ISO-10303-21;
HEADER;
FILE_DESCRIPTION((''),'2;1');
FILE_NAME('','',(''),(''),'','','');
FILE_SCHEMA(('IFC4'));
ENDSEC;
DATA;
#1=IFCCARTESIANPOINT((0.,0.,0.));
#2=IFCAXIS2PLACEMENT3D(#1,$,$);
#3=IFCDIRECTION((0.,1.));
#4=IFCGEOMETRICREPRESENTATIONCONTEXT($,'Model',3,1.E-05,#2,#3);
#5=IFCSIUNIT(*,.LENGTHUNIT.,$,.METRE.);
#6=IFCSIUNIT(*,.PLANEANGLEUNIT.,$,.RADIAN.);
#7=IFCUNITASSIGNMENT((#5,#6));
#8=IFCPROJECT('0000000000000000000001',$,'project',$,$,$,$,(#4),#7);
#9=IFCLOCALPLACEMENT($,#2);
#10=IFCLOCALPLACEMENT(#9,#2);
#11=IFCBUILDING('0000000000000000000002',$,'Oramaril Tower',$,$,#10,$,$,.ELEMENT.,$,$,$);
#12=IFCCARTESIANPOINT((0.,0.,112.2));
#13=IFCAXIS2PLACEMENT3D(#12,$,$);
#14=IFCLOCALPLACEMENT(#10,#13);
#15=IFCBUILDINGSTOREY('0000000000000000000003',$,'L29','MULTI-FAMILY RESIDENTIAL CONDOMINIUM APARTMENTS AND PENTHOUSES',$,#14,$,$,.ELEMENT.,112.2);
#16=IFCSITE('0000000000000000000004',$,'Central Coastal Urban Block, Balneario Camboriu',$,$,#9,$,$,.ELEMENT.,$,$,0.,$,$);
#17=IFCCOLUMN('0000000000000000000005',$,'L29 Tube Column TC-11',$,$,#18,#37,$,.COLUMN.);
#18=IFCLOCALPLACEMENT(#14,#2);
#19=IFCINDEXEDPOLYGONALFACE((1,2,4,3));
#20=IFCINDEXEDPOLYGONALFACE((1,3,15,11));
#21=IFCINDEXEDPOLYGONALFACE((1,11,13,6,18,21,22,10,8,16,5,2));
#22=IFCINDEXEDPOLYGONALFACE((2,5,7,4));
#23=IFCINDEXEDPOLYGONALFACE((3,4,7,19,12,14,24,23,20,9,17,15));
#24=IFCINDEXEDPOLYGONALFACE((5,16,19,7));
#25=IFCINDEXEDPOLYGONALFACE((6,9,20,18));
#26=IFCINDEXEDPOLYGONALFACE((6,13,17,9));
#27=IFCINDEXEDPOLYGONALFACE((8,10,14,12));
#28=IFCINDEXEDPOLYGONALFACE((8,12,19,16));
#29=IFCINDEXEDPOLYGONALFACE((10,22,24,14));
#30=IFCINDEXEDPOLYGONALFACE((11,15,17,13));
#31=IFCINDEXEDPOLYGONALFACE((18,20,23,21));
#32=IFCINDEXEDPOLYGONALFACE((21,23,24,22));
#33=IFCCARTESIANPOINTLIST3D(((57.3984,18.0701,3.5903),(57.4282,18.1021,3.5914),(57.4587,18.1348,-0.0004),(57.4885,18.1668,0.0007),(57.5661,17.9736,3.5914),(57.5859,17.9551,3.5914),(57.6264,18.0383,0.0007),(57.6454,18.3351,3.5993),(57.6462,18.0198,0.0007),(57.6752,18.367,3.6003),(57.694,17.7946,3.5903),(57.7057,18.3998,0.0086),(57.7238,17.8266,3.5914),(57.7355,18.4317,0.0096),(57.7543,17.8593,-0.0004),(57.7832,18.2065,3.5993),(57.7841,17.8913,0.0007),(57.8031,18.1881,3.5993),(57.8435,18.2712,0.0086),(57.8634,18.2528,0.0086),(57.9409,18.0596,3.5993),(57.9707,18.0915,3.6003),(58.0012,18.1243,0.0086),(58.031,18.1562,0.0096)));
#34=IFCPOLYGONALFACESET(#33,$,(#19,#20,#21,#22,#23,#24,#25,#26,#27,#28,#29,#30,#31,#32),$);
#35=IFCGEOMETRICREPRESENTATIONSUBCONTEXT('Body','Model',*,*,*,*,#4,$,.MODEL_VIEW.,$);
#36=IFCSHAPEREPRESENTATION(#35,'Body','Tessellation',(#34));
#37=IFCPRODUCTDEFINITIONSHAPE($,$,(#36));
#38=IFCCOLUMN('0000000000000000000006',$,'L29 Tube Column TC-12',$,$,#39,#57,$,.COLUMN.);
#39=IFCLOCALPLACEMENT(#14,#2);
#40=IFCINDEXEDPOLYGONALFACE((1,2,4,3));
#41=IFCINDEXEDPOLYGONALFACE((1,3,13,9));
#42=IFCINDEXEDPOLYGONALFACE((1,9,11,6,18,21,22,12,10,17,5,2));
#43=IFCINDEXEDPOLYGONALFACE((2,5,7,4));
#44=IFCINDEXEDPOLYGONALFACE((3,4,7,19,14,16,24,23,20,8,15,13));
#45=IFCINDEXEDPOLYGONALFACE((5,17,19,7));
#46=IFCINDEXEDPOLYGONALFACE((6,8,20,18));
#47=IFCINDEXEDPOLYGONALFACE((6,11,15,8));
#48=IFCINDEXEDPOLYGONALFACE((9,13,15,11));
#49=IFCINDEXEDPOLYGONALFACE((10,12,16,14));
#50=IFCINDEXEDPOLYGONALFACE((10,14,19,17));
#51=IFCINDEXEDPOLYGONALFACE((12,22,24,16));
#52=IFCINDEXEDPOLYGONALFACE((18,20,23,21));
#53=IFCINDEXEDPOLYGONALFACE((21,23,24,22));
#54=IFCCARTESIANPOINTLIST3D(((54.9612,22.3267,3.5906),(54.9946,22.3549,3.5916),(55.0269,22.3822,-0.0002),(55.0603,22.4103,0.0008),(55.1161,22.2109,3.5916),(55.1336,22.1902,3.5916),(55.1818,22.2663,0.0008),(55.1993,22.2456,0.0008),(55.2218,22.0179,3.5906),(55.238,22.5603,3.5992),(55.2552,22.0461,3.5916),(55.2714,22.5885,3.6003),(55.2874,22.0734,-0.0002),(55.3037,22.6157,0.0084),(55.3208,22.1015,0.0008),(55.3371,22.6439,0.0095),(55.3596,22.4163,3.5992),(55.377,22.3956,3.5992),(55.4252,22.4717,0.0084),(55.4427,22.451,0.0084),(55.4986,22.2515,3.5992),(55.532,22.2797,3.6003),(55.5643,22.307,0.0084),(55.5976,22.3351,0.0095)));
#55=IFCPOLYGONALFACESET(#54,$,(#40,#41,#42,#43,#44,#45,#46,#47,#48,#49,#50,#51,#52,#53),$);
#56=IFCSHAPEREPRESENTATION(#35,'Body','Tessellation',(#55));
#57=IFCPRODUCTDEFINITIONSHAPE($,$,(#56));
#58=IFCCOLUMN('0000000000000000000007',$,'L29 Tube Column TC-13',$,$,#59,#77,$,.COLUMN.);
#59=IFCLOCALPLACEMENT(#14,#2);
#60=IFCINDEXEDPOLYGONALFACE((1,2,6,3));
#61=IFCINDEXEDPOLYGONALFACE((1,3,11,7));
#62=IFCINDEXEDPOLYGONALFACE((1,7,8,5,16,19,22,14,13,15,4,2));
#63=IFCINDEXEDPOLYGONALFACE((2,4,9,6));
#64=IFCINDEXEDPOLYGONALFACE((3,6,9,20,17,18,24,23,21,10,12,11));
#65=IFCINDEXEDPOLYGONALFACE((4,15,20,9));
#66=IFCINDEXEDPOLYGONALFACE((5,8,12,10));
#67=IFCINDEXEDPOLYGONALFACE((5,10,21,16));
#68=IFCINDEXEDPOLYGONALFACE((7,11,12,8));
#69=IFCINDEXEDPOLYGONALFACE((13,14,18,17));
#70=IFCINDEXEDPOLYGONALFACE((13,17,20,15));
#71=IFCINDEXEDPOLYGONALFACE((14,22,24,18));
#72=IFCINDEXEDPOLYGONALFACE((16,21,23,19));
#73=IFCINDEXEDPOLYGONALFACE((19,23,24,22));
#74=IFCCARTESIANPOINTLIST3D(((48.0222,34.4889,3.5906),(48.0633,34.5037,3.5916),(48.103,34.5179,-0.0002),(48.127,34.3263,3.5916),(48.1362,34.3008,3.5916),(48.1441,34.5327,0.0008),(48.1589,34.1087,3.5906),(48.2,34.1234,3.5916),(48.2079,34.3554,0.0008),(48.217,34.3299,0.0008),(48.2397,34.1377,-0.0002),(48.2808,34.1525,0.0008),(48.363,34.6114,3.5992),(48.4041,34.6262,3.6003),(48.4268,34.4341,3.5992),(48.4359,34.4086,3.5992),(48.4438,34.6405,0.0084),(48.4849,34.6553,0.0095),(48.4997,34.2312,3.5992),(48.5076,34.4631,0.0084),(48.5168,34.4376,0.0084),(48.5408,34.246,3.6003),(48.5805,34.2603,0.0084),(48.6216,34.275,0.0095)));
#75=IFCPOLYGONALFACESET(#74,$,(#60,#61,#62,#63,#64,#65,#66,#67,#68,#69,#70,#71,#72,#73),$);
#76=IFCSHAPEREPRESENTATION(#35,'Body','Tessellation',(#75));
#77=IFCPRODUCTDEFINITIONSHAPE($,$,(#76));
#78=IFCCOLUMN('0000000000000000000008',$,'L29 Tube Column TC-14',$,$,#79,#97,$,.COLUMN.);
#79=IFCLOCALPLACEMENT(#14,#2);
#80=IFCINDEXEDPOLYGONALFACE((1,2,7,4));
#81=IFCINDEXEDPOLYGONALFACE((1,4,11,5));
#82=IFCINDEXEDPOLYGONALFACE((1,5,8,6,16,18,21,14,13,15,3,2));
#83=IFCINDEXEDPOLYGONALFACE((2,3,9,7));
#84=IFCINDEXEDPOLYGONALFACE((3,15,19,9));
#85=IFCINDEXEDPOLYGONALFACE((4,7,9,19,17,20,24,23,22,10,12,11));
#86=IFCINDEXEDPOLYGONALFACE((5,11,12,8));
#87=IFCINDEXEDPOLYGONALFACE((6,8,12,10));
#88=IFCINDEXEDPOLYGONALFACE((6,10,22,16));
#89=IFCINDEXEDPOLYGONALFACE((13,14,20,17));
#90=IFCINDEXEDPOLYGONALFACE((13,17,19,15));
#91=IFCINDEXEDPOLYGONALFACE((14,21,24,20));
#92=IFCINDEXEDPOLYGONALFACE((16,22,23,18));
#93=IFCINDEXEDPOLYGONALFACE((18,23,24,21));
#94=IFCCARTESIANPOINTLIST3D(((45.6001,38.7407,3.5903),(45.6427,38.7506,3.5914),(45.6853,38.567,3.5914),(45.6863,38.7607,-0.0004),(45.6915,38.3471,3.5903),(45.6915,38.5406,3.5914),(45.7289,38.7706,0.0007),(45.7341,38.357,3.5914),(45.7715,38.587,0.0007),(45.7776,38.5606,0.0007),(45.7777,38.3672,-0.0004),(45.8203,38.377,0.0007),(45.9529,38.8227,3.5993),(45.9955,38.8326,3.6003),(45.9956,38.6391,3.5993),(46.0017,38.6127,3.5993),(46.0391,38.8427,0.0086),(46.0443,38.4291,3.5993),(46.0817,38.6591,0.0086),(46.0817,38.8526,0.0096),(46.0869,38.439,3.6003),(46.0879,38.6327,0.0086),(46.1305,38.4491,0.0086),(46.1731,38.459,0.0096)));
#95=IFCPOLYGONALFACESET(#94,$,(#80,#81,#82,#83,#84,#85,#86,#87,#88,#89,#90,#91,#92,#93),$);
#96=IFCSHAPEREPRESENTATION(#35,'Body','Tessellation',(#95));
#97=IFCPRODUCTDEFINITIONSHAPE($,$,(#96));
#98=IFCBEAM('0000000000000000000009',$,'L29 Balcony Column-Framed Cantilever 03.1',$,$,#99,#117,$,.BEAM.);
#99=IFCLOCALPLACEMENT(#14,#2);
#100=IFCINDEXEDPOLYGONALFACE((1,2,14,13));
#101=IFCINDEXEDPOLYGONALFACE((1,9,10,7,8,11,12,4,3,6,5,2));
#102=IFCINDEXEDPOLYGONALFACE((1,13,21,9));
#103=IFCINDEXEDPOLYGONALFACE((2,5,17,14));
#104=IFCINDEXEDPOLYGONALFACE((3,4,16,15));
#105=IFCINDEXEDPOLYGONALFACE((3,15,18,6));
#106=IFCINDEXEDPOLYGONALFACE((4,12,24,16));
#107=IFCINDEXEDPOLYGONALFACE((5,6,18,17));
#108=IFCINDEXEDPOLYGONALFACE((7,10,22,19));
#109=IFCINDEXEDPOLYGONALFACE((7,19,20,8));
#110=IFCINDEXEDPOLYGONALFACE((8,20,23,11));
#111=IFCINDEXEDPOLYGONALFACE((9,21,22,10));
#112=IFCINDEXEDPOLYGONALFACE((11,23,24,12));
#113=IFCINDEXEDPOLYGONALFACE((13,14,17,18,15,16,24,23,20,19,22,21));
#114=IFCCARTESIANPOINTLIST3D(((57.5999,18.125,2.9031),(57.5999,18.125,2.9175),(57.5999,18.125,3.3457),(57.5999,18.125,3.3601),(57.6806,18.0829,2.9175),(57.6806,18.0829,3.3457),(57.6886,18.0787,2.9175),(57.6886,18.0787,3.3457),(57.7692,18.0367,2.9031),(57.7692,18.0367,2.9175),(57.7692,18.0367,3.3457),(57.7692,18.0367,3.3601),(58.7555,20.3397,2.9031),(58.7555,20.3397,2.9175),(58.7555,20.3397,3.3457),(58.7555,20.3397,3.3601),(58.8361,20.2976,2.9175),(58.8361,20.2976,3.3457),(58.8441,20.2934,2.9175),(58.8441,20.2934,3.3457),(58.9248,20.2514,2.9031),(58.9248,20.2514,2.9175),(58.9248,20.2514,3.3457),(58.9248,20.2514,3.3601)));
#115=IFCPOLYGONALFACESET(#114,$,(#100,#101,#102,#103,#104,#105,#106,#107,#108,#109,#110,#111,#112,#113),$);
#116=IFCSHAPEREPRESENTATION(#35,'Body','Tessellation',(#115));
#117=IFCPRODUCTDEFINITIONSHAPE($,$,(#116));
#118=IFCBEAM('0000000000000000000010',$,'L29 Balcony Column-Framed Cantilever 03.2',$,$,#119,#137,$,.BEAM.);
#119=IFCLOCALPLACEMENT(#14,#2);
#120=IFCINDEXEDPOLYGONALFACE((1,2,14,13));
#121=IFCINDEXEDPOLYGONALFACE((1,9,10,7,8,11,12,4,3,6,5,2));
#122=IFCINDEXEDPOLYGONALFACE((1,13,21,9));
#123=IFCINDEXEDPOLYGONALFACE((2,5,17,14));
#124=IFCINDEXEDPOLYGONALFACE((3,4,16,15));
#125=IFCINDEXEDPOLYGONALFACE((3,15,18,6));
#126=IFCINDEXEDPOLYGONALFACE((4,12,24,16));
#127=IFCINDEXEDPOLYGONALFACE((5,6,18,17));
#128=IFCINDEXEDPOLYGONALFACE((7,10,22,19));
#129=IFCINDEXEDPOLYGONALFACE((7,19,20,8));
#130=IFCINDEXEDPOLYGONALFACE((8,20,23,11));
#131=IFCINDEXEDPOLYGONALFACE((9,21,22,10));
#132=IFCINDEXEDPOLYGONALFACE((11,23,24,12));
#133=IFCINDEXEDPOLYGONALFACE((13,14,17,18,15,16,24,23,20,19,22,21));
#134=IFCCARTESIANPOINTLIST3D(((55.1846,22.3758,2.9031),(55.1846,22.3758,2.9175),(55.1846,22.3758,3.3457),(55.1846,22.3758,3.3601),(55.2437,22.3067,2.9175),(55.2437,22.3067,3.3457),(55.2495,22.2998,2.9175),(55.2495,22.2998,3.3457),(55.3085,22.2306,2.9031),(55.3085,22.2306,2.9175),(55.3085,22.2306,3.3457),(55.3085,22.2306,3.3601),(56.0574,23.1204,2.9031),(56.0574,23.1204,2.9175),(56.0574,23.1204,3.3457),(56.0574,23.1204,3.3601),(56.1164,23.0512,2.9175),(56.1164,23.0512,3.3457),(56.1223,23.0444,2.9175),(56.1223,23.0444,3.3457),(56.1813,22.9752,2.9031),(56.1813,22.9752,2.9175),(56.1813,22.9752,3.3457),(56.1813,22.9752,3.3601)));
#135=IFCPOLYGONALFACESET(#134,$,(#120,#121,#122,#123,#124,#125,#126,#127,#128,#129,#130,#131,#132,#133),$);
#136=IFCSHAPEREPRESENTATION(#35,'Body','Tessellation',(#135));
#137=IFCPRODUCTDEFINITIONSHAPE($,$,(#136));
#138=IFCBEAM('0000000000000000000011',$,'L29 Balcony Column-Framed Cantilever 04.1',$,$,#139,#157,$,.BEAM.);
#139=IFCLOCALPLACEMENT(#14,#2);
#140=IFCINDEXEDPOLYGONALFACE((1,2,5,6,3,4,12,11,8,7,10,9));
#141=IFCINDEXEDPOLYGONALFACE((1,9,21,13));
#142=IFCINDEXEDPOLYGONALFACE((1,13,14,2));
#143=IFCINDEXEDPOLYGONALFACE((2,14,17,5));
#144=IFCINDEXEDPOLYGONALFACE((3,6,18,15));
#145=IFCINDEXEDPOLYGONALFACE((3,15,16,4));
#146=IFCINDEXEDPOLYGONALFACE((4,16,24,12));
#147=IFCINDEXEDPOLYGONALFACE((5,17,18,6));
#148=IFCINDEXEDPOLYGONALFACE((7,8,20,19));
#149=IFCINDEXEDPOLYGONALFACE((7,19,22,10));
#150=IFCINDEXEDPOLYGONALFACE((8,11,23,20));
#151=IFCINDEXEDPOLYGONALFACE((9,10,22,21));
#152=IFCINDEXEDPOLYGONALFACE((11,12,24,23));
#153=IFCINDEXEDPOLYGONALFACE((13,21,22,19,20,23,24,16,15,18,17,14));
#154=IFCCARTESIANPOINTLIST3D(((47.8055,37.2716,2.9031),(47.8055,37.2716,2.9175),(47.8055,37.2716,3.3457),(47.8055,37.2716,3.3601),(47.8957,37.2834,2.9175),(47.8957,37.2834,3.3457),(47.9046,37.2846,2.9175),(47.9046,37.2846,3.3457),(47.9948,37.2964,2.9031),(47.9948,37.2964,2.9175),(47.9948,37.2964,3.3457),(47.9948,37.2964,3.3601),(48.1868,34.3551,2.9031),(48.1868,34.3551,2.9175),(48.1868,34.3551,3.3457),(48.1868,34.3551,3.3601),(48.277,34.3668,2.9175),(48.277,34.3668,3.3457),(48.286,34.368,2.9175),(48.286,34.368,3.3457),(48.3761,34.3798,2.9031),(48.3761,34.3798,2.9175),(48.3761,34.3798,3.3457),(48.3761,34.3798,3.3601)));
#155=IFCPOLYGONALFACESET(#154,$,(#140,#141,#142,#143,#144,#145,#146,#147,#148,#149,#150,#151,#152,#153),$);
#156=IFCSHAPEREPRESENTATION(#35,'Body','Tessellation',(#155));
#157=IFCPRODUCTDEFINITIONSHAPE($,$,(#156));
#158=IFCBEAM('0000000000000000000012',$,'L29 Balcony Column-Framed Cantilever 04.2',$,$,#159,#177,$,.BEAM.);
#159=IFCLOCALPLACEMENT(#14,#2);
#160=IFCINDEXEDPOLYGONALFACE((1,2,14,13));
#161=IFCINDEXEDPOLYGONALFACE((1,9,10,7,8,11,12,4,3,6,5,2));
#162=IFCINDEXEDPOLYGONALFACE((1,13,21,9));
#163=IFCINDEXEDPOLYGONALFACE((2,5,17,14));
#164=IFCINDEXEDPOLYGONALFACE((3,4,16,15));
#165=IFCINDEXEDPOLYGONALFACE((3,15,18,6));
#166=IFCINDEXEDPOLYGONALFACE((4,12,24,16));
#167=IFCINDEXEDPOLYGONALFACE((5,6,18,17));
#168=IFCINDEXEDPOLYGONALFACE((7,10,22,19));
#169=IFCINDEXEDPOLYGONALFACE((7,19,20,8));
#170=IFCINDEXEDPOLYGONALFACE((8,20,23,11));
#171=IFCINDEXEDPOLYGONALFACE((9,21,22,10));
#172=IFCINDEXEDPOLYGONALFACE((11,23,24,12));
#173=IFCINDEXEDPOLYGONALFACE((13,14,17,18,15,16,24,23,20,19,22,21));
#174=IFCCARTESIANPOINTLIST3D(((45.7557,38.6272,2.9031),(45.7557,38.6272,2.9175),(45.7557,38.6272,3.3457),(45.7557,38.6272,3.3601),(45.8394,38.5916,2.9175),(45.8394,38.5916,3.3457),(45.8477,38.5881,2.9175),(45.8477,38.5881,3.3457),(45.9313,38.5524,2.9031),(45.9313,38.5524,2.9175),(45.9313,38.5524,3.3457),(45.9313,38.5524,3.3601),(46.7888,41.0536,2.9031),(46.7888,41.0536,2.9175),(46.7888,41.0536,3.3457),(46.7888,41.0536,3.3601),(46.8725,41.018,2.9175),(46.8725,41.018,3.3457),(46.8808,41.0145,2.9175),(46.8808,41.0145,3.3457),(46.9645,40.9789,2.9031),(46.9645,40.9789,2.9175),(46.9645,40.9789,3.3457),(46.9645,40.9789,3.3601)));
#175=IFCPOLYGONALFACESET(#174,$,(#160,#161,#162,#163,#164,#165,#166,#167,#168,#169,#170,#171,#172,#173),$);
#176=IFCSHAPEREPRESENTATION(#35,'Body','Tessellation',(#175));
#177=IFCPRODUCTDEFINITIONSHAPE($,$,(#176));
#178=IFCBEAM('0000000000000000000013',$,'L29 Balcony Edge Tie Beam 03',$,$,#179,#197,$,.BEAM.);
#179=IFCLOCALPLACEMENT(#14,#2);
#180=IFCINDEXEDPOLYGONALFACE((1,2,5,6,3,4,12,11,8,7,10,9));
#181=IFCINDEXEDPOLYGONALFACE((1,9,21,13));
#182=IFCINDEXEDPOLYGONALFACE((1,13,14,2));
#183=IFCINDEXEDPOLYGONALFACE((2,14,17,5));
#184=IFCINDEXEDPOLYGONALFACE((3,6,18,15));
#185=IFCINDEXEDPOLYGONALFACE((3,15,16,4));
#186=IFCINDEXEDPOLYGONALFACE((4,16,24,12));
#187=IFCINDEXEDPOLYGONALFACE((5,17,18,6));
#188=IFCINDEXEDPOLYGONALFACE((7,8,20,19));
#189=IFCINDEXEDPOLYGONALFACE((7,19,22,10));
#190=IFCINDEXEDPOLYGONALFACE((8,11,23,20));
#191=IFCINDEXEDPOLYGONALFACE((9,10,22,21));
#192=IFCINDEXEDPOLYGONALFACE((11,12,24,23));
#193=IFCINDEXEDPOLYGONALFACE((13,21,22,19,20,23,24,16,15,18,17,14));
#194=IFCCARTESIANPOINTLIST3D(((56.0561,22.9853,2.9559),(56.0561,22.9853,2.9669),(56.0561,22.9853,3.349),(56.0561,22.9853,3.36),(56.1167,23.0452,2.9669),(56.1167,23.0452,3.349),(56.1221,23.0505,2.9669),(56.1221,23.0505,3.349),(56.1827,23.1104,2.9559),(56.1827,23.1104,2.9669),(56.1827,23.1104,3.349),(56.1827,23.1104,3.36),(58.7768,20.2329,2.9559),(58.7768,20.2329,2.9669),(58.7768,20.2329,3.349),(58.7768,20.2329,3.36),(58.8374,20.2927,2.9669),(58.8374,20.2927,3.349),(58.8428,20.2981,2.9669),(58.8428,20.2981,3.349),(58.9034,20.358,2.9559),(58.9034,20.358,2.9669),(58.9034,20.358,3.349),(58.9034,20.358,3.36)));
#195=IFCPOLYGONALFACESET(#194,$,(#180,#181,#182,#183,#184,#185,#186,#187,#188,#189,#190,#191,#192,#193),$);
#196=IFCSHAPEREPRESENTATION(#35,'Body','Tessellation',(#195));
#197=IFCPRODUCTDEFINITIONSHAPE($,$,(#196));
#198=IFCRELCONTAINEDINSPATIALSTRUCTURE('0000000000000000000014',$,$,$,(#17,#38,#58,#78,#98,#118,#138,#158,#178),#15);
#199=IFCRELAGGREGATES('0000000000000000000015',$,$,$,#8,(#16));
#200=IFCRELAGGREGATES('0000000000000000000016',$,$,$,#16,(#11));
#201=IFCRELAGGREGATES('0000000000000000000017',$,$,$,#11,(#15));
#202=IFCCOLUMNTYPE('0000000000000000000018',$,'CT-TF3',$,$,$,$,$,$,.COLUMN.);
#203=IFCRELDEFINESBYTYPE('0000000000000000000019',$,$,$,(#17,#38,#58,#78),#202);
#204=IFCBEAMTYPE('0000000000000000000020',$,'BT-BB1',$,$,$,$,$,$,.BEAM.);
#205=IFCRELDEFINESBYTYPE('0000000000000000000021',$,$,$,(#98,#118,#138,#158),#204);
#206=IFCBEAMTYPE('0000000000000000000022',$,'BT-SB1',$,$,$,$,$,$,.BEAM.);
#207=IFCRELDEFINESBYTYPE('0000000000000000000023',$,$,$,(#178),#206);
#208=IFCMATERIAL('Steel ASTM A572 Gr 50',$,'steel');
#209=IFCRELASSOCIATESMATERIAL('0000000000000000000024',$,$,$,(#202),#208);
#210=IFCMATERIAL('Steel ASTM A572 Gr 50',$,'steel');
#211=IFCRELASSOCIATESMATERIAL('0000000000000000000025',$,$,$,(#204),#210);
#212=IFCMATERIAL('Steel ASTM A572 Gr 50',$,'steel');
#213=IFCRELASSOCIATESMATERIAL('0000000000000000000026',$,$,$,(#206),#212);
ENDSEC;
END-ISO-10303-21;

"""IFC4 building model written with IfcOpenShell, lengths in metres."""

from ifc_helpers import new_model, si_unit, direction, frame, origin, origin_2d, place, context, subcontext, project, spatial, i_section, extrude, material, material_profile, profile_set, type_object, element, save


model = new_model("IFC4")

# Units and contexts
model_context = context("Model", 3, precision=1e-05, world=origin(), true_north=direction((0.0, 1.0)))
body_context = subcontext(model_context, "Body", "Model", "MODEL_VIEW")
ifc_project = project(units=[si_unit("LENGTHUNIT", "METRE"), si_unit("PLANEANGLEUNIT", "RADIAN")], contexts=[model_context])

# Site, building, storey
site_placement = place(None, origin())
site = spatial("IfcSite", under=ifc_project, at=site_placement, Name="Central Coastal Urban Block, Balneario Camboriu", CompositionType="ELEMENT", RefElevation=0.0)
building_placement = place(site_placement, origin())
building = spatial("IfcBuilding", under=site, at=building_placement, Name="Oramaril Tower", CompositionType="ELEMENT")
storey_placement = place(building_placement, frame((0.0, 0.0, 112.2)))
storey = spatial("IfcBuildingStorey", under=building, at=storey_placement, Name="L29", Description="MULTI-FAMILY RESIDENTIAL CONDOMINIUM APARTMENTS AND PENTHOUSES", CompositionType="ELEMENT", Elevation=112.2)

# Columns
ifc_material_1 = material(Name="Steel ASTM A572 Gr 50", Category="steel")
ifc_material_profile_1 = material_profile(ifc_material_1, i_section(OverallWidth=0.4041, OverallDepth=0.406, WebThickness=0.0271, FlangeThickness=0.0437, at=origin_2d()), Name="W14X233")
ifc_profile_set_1 = profile_set([ifc_material_profile_1], Name="Steel ASTM A572 Gr 50")
column_type = type_object("IfcColumnType", Name="CT-TF3", PredefinedType="COLUMN", material=ifc_profile_set_1)
for number, where, z_axis, x_axis, name in (
    (1, (57.7449, 18.1455, 0.0046), (-0.016788, -0.018012, 0.999697), (0.731514, -0.681826, 0.0), "L29 Tube Column TC-11"),
    (2, (55.3123, 22.3586, 0.0046), (-0.018284, -0.015429, 0.999714), (0.644923, -0.764248, 0.0), "L29 Tube Column TC-12"),
    (3, (48.3623, 34.3965, 0.0046), (-0.022498, -0.008089, 0.999714), (0.338317, -0.941032, 0.0), "L29 Tube Column TC-13"),
    (4, (45.9297, 38.6099, 0.0046), (-0.023993, -0.005574, 0.999697), (0.22627, -0.974065, 0.0), "L29 Tube Column TC-14"),
):
    element("IfcColumn", number, at=place(storey_placement, frame(where, z_axis=z_axis, x_axis=x_axis)), inside=storey, type_object=column_type, Name=name, PredefinedType="COLUMN", context=body_context, shape_type="SweptSolid", body=[
        extrude(i_section(OverallWidth=0.4041, OverallDepth=0.406, WebThickness=0.0271, FlangeThickness=0.0437, at=origin_2d()), origin(), (0.0, 0.0, 1.0), 3.5918),
    ])

# Beams
ifc_material_2 = material(Name="Steel ASTM A572 Gr 50", Category="steel")
ifc_material_profile_2 = material_profile(ifc_material_2, i_section(OverallWidth=0.1909, OverallDepth=0.457, WebThickness=0.009, FlangeThickness=0.0144, at=origin_2d()), Name="W18X50")
ifc_profile_set_2 = profile_set([ifc_material_profile_2], Name="Steel ASTM A572 Gr 50")
beam_type_1 = type_object("IfcBeamType", Name="BT-BB1", PredefinedType="BEAM", material=ifc_profile_set_2)
beam_1_placement = place(storey_placement, frame((57.6846, 18.0808, 3.1316), z_axis=(0.462589, 0.886573, 0.0), x_axis=(-0.886573, 0.462589, 0.0)))
element("IfcBeam", 5, at=beam_1_placement, inside=storey, type_object=beam_type_1, Name="L29 Balcony Column-Framed Cantilever 03.1", PredefinedType="BEAM", context=body_context, shape_type="SweptSolid", body=[
    extrude(i_section(OverallWidth=0.1909, OverallDepth=0.457, WebThickness=0.009, FlangeThickness=0.0144, at=origin_2d()), origin(), (0.0, 0.0, 1.0), 2.498),
])
beam_2_placement = place(storey_placement, frame((55.2466, 22.3032, 3.1316), z_axis=(0.760757, 0.649037, 0.0), x_axis=(-0.649037, 0.760757, 0.0)))
element("IfcBeam", 6, at=beam_2_placement, inside=storey, type_object=beam_type_1, Name="L29 Balcony Column-Framed Cantilever 03.2", PredefinedType="BEAM", context=body_context, shape_type="SweptSolid", body=[
    extrude(i_section(OverallWidth=0.1909, OverallDepth=0.457, WebThickness=0.009, FlangeThickness=0.0144, at=origin_2d()), origin(), (0.0, 0.0, 1.0), 1.1472),
])
beam_3_placement = place(storey_placement, frame((48.2815, 34.3674, 3.1316), z_axis=(-0.129651, 0.99156, 0.0), x_axis=(-0.99156, -0.129651, 0.0)))
element("IfcBeam", 7, at=beam_3_placement, inside=storey, type_object=beam_type_1, Name="L29 Balcony Column-Framed Cantilever 04.1", PredefinedType="BEAM", context=body_context, shape_type="SweptSolid", body=[
    extrude(i_section(OverallWidth=0.1909, OverallDepth=0.457, WebThickness=0.009, FlangeThickness=0.0144, at=origin_2d()), origin(), (0.0, 0.0, 1.0), 2.9414),
])
beam_4_placement = place(storey_placement, frame((45.8435, 38.5898, 3.1316), z_axis=(0.391762, 0.920067, 0.0), x_axis=(-0.920067, 0.391762, 0.0)))
element("IfcBeam", 8, at=beam_4_placement, inside=storey, type_object=beam_type_1, Name="L29 Balcony Column-Framed Cantilever 04.2", PredefinedType="BEAM", context=body_context, shape_type="SweptSolid", body=[
    extrude(i_section(OverallWidth=0.1909, OverallDepth=0.457, WebThickness=0.009, FlangeThickness=0.0144, at=origin_2d()), origin(), (0.0, 0.0, 1.0), 2.6372),
])
ifc_material_3 = material(Name="Steel ASTM A572 Gr 50", Category="steel")
ifc_material_profile_3 = material_profile(ifc_material_3, i_section(OverallWidth=0.178, OverallDepth=0.4041, WebThickness=0.0076, FlangeThickness=0.011, at=origin_2d()), Name="W16X36")
ifc_profile_set_3 = profile_set([ifc_material_profile_3], Name="Steel ASTM A572 Gr 50")
beam_type_2 = type_object("IfcBeamType", Name="BT-SB1", PredefinedType="BEAM", material=ifc_profile_set_3)
for number, where, z_axis, x_axis, name in (
    (9, (58.8401, 20.2954, 3.158), (-0.702995, 0.711195, 0.0), (-0.711195, -0.702995, 0.0), "L29 Balcony Edge Tie Beam 03"),
):
    element("IfcBeam", number, at=place(storey_placement, frame(where, z_axis=z_axis, x_axis=x_axis)), inside=storey, type_object=beam_type_2, Name=name, PredefinedType="BEAM", context=body_context, shape_type="SweptSolid", body=[
        extrude(i_section(OverallWidth=0.178, OverallDepth=0.4041, WebThickness=0.0076, FlangeThickness=0.011, at=origin_2d()), origin(), (0.0, 0.0, 1.0), 3.8701),
    ])

save(model, "model.ifc")
